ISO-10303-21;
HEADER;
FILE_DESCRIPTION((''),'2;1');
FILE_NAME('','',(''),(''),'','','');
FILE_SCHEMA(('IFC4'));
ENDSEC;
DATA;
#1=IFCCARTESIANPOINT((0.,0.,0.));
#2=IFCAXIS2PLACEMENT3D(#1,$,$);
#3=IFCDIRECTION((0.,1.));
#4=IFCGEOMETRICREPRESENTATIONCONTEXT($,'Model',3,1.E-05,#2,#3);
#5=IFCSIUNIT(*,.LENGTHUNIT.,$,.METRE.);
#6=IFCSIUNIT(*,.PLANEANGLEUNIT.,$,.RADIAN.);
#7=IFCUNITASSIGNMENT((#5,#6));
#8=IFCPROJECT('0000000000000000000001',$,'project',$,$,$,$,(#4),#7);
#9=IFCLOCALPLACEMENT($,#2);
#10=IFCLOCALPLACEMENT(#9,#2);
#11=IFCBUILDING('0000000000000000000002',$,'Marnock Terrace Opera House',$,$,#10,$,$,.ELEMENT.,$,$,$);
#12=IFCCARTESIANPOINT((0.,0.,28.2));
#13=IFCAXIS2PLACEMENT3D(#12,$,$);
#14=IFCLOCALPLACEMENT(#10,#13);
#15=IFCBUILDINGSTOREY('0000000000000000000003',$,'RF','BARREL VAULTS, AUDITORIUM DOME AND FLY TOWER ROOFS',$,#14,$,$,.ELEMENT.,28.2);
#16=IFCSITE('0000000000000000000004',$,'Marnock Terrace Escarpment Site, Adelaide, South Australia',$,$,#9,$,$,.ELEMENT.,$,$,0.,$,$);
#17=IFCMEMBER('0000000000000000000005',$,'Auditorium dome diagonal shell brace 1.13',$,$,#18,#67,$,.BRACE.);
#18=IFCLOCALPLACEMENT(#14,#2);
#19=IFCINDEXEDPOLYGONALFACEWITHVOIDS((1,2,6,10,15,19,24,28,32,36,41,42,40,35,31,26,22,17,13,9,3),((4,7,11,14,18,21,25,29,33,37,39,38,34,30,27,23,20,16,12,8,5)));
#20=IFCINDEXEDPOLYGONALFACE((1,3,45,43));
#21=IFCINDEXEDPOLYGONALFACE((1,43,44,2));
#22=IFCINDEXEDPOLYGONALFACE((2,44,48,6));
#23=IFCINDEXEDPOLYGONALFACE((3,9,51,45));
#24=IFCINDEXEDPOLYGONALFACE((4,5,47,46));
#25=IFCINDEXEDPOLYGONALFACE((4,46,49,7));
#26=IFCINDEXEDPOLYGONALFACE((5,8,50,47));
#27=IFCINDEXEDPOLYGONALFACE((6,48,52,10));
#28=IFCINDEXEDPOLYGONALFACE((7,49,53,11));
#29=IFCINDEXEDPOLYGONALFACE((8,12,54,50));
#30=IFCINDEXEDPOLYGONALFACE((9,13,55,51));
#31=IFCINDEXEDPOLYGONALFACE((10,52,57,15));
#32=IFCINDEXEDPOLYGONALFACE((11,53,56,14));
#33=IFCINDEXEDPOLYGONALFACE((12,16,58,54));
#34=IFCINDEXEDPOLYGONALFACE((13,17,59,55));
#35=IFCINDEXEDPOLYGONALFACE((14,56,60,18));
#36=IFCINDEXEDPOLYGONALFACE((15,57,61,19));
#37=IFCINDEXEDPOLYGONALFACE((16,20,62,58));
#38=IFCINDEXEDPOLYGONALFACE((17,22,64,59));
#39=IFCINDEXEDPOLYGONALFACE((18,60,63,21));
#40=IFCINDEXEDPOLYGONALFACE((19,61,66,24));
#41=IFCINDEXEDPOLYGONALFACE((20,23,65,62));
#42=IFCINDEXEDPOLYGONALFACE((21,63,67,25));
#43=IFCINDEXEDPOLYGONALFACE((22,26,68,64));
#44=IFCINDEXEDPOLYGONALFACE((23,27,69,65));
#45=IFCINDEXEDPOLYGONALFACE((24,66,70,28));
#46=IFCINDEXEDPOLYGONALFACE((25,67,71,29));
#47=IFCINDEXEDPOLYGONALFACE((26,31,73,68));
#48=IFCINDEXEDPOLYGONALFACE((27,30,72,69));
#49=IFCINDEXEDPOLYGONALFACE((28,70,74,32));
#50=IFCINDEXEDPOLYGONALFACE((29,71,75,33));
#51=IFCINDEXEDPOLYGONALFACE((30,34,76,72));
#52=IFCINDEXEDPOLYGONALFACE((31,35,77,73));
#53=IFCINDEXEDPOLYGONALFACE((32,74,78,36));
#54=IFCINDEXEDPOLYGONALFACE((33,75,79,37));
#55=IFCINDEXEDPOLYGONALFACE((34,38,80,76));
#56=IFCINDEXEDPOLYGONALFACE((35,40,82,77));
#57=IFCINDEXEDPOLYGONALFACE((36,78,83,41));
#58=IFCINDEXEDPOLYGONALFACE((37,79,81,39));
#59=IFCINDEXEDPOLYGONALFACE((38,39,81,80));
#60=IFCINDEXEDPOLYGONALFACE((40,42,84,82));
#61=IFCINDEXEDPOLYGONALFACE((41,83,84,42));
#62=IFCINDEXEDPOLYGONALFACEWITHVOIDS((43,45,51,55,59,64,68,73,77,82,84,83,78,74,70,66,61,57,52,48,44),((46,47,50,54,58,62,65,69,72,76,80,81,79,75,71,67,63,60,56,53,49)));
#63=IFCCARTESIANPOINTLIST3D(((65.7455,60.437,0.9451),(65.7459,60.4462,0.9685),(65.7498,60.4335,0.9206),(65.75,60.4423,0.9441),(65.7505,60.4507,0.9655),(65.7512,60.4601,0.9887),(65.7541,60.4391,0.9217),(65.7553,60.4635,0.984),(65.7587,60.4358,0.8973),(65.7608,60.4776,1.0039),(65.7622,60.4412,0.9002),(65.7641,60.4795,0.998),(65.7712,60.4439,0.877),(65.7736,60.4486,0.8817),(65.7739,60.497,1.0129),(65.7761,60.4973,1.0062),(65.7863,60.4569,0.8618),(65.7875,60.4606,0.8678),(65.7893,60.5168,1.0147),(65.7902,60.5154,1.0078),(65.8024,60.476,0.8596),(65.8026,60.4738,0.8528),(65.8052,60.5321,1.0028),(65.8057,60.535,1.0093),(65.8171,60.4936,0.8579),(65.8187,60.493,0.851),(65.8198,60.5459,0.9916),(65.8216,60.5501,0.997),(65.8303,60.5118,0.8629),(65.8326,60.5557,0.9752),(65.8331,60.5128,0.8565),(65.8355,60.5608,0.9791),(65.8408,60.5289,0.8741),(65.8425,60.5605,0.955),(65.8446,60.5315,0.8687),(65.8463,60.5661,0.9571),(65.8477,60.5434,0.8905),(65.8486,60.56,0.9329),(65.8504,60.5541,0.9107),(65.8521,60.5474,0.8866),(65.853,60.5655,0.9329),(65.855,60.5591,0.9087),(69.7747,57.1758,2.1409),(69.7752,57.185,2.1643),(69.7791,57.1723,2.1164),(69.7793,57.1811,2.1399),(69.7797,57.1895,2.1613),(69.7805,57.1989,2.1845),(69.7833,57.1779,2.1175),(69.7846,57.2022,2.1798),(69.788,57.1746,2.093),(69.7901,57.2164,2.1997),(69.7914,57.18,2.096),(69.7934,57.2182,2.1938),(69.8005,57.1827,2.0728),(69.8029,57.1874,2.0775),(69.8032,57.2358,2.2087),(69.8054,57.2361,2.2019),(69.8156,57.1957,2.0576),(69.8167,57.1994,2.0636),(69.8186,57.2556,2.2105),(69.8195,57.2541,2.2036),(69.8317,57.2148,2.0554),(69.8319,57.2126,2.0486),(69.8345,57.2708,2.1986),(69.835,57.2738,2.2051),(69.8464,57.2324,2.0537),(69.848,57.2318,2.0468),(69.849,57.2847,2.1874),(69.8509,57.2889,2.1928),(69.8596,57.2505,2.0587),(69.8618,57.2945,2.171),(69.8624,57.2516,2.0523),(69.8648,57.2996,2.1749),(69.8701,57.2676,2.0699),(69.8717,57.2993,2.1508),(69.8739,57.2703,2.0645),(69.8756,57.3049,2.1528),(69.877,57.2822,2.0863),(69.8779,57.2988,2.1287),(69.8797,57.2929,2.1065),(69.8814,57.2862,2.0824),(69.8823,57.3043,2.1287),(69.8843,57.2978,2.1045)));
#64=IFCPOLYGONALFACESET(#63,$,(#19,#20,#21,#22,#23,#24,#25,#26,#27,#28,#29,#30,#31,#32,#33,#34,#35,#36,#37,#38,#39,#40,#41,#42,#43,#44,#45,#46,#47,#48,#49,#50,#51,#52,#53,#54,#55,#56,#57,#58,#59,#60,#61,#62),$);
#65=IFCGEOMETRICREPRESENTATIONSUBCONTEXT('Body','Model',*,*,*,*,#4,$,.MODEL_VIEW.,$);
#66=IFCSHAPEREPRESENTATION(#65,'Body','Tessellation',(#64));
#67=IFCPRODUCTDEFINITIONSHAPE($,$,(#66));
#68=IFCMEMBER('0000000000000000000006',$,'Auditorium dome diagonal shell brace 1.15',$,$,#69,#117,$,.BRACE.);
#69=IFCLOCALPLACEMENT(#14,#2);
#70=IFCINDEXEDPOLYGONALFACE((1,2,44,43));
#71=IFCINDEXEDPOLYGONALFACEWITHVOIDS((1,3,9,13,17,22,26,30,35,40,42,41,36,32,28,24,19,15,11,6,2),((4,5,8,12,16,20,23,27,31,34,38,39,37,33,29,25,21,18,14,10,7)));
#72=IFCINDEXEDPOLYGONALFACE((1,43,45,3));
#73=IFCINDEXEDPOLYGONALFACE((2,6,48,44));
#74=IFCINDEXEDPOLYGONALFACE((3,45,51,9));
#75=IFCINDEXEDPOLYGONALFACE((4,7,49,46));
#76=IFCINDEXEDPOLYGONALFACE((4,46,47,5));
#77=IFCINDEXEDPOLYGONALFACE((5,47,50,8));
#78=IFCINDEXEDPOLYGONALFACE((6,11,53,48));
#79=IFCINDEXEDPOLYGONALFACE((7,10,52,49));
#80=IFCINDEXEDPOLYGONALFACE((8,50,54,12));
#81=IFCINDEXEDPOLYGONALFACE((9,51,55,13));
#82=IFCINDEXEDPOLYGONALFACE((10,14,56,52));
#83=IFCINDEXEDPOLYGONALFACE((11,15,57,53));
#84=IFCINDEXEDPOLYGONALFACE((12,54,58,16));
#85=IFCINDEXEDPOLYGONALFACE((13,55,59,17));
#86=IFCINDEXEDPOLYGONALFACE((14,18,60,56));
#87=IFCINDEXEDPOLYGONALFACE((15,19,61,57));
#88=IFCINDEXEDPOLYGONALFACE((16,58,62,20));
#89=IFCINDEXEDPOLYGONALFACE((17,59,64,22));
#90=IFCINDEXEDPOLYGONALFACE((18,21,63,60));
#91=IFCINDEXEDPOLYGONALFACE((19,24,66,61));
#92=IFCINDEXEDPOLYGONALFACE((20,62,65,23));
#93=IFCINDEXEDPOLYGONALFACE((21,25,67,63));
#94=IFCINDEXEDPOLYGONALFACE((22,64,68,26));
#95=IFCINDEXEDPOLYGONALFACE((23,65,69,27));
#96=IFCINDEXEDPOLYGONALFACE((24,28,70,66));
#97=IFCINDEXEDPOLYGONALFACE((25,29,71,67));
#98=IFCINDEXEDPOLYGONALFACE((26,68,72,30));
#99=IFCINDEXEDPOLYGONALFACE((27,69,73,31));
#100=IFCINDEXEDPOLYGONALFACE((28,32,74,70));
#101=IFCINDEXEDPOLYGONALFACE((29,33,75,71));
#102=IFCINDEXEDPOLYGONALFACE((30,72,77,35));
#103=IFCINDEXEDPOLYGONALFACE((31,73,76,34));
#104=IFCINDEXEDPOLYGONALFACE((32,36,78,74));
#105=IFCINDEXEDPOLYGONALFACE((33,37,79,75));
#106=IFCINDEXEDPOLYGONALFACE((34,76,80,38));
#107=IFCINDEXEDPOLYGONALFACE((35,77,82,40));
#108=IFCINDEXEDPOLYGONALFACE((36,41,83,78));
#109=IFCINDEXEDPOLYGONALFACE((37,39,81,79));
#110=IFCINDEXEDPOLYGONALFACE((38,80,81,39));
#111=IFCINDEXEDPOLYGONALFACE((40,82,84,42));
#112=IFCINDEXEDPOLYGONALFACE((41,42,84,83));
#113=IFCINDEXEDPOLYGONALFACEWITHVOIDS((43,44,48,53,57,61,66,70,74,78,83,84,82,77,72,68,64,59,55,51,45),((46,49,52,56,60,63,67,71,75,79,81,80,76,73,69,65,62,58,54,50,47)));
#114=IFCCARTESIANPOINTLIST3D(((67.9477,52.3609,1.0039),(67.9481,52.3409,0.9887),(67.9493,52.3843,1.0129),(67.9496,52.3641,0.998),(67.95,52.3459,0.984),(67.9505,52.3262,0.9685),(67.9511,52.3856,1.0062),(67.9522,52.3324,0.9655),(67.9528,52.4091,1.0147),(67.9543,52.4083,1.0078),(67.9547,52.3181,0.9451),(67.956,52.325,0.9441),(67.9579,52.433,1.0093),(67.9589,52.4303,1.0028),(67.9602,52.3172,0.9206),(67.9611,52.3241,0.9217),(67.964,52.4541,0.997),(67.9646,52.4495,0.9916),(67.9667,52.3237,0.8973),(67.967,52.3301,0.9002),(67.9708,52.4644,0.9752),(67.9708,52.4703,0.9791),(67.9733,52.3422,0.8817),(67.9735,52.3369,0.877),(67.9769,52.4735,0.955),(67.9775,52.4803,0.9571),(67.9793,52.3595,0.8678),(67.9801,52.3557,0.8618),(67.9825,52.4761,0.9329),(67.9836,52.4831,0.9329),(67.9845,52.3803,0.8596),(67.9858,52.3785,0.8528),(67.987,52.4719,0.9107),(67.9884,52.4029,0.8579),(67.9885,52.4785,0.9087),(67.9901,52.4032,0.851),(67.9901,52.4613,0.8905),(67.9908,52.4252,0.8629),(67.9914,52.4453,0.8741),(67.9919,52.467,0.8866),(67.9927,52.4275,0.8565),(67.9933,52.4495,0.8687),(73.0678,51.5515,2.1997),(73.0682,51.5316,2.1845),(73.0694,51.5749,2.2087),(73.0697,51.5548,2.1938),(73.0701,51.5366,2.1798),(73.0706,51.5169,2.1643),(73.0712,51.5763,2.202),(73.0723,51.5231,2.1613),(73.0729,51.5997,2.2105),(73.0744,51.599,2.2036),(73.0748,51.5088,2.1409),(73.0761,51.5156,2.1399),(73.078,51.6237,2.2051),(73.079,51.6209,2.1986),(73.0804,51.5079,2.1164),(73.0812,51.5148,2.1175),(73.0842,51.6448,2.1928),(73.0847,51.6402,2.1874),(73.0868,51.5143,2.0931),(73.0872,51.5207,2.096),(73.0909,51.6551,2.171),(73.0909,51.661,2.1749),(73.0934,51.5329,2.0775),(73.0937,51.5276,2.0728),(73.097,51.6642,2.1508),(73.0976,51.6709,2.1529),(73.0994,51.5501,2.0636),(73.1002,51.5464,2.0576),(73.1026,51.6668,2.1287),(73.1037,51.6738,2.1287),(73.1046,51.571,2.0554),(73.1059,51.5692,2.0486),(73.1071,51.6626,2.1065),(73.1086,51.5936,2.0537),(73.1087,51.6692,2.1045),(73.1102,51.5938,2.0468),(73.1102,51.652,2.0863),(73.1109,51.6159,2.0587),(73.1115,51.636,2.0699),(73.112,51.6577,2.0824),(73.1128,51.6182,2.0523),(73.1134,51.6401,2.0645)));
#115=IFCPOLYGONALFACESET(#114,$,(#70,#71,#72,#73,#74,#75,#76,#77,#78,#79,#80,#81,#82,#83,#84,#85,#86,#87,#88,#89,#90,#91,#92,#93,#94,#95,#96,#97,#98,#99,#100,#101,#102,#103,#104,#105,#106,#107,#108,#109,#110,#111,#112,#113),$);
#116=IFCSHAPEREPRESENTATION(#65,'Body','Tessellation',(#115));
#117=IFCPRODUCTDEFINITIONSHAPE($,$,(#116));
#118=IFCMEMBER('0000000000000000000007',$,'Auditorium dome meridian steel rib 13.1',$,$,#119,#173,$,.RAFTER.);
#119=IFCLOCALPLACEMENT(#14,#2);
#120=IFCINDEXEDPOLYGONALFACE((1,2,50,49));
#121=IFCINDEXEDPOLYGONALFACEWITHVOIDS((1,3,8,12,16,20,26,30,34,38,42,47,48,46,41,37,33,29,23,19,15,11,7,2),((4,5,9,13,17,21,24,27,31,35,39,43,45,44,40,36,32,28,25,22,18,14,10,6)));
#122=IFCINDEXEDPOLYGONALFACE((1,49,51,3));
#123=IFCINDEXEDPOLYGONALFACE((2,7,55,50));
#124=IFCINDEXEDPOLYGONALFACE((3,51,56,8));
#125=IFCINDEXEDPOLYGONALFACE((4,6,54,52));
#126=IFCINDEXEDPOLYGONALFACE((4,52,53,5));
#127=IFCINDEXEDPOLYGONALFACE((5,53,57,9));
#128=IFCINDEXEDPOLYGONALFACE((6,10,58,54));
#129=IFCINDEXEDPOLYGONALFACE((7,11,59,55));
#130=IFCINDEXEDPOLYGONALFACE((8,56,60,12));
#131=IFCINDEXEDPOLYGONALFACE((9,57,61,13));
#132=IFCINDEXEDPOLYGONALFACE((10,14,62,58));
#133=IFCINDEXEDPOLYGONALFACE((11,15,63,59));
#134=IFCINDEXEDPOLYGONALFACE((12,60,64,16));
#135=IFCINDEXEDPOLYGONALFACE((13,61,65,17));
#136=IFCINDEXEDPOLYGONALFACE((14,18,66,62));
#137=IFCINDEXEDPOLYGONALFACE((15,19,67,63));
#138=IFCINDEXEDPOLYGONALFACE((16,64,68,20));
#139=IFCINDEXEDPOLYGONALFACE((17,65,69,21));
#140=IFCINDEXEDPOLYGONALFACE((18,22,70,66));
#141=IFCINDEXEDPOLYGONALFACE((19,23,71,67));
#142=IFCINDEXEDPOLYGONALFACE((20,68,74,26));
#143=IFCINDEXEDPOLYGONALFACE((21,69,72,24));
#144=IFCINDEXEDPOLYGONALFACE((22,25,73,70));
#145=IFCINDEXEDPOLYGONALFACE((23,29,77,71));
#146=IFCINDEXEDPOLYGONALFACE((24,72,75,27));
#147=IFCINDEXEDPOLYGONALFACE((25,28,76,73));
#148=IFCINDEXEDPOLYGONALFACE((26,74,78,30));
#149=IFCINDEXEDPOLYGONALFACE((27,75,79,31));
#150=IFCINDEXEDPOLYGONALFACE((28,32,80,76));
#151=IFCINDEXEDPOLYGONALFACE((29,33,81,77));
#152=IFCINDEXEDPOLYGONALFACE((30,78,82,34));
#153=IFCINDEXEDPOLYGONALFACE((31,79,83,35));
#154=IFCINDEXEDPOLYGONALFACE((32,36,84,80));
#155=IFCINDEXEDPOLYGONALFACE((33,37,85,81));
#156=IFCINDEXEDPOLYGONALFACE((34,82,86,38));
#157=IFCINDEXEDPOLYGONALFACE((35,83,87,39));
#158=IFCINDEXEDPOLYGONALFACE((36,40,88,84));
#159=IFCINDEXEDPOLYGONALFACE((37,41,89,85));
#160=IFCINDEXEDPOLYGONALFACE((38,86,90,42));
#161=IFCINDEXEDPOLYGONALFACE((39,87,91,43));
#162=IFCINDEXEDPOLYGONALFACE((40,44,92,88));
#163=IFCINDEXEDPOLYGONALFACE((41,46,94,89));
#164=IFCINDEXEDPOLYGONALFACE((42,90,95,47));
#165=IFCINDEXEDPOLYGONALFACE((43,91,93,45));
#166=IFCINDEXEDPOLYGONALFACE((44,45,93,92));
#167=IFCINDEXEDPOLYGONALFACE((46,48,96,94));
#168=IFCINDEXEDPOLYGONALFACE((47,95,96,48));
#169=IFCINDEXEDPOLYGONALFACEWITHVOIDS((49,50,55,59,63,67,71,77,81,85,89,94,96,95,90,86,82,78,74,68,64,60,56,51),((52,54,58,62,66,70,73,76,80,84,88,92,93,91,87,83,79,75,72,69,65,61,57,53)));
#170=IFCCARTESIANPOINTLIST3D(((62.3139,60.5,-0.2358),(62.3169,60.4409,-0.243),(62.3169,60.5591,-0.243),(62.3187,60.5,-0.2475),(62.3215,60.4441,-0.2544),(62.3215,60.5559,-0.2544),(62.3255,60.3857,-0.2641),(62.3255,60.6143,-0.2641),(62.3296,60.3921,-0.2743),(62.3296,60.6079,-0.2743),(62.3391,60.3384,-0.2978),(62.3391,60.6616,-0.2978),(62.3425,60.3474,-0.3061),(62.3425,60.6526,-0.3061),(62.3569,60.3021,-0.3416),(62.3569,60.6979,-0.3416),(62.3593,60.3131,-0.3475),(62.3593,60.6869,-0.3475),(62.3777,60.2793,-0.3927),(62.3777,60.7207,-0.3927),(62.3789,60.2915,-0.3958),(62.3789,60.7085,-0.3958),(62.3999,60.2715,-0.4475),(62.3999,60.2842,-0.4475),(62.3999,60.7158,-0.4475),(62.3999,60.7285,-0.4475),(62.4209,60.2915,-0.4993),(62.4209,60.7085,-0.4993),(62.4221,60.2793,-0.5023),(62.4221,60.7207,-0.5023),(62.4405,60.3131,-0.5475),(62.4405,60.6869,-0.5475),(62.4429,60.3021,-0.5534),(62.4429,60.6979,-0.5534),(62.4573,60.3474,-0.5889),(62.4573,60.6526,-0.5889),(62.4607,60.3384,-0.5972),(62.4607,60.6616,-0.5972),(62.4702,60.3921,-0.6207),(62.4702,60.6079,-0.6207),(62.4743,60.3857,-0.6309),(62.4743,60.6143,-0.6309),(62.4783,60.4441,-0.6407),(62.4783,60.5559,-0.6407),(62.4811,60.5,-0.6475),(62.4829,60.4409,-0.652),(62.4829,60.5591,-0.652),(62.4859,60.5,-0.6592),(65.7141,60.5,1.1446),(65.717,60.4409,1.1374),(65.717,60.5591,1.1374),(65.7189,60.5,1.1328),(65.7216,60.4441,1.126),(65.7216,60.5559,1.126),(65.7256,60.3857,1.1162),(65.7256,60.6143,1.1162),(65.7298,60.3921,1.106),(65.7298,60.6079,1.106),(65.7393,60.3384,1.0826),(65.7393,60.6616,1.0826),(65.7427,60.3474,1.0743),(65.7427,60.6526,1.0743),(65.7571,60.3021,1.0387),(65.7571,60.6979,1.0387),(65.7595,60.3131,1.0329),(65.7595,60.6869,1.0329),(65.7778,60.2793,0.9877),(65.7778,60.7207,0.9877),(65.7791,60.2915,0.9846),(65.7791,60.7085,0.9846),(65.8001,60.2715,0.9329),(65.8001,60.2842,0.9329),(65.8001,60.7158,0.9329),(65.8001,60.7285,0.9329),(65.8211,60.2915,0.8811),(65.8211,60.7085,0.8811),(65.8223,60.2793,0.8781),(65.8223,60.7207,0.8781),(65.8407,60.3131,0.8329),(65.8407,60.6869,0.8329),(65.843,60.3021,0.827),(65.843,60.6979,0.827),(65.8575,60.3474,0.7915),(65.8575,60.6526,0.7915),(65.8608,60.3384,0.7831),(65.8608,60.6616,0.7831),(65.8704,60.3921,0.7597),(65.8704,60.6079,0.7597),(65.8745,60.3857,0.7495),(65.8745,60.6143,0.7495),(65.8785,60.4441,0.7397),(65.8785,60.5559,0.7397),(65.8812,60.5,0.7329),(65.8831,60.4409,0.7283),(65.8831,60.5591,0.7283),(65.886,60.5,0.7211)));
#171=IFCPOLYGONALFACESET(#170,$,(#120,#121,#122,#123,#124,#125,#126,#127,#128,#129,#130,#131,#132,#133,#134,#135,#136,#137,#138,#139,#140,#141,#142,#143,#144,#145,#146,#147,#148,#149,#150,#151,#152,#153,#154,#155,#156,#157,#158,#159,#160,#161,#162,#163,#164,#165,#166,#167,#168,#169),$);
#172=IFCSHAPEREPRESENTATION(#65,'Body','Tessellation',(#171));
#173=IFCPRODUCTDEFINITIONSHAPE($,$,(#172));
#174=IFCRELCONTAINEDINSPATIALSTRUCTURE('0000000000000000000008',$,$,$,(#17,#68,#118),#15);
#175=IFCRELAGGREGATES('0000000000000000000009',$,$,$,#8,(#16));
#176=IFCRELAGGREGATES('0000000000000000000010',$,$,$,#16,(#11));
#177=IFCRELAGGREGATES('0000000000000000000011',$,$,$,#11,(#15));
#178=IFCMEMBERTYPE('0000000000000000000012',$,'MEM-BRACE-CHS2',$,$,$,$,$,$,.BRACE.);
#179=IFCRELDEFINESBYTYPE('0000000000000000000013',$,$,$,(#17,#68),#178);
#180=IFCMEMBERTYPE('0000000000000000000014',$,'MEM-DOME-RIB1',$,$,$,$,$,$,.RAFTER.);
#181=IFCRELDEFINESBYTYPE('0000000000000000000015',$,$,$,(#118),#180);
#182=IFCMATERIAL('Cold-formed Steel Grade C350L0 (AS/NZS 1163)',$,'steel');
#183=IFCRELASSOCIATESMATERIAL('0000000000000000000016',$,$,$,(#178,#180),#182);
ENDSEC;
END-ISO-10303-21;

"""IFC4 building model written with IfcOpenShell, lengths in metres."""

from ifc_helpers import new_model, si_unit, direction, frame, origin, origin_2d, place, context, subcontext, project, spatial, hollow_circle, extrude, material, material_profile, profile_set, type_object, element, save


model = new_model("IFC4")

# Units and contexts
model_context = context("Model", 3, precision=1e-05, world=origin(), true_north=direction((0.0, 1.0)))
body_context = subcontext(model_context, "Body", "Model", "MODEL_VIEW")
ifc_project = project(units=[si_unit("LENGTHUNIT", "METRE"), si_unit("PLANEANGLEUNIT", "RADIAN")], contexts=[model_context])

# Site, building, storey
site_placement = place(None, origin())
site = spatial("IfcSite", under=ifc_project, at=site_placement, Name="Marnock Terrace Escarpment Site, Adelaide, South Australia", CompositionType="ELEMENT", RefElevation=0.0)
building_placement = place(site_placement, origin())
building = spatial("IfcBuilding", under=site, at=building_placement, Name="Marnock Terrace Opera House", CompositionType="ELEMENT")
storey_placement = place(building_placement, frame((0.0, 0.0, 28.2)))
storey = spatial("IfcBuildingStorey", under=building, at=storey_placement, Name="RF", Description="BARREL VAULTS, AUDITORIUM DOME AND FLY TOWER ROOFS", CompositionType="ELEMENT", Elevation=28.2)

# Members
ifc_material_1 = material(Name="Cold-formed Steel Grade C350L0 (AS/NZS 1163)", Category="steel")
ifc_material_profile_1 = material_profile(ifc_material_1, hollow_circle(Radius=0.0842, WallThickness=0.0071, at=origin_2d()))
ifc_profile_set_1 = profile_set([ifc_material_profile_1], Name="Cold-formed Steel Grade C350L0 (AS/NZS 1163)")
member_type_1 = type_object("IfcMemberType", Name="MEM-BRACE-CHS2", PredefinedType="BRACE", material=ifc_profile_set_1)
for number, where, z_axis, x_axis, name in (
    (1, (65.8, 60.5, 0.9329), (0.757408, -0.613031, 0.224781), (0.62913, 0.7773, 0.0), "Auditorium dome diagonal shell brace 1.13"),
    (2, (67.9705, 52.3999, 0.9329), (0.96246, -0.152134, 0.224782), (0.156129, 0.987737, 0.0), "Auditorium dome diagonal shell brace 1.15"),
):
    element("IfcMember", number, at=place(storey_placement, frame(where, z_axis=z_axis, x_axis=x_axis)), inside=storey, type_object=member_type_1, Name=name, PredefinedType="BRACE", context=body_context, shape_type="SweptSolid", body=[
        extrude(hollow_circle(Radius=0.0842, WallThickness=0.0071, at=origin_2d()), origin(), (0.0, 0.0, 1.0), 5.3198),
    ])
ifc_material_profile_2 = material_profile(ifc_material_1, hollow_circle(Radius=0.2285, WallThickness=0.0127, at=origin_2d()))
ifc_profile_set_2 = profile_set([ifc_material_profile_2], Name="Cold-formed Steel Grade C350L0 (AS/NZS 1163)")
member_type_2 = type_object("IfcMemberType", Name="MEM-DOME-RIB1", PredefinedType="RAFTER", material=ifc_profile_set_2)
member_1_placement = place(storey_placement, frame((62.3999, 60.5, -0.4475), z_axis=(0.926556, 0.0, 0.376158), x_axis=(0.0, 1.0, 0.0)))
element("IfcMember", 3, at=member_1_placement, inside=storey, type_object=member_type_2, Name="Auditorium dome meridian steel rib 13.1", PredefinedType="RAFTER", context=body_context, shape_type="SweptSolid", body=[
    extrude(hollow_circle(Radius=0.2285, WallThickness=0.0127, at=origin_2d()), origin(), (0.0, 0.0, 1.0), 3.6697),
])

save(model, "model.ifc")
